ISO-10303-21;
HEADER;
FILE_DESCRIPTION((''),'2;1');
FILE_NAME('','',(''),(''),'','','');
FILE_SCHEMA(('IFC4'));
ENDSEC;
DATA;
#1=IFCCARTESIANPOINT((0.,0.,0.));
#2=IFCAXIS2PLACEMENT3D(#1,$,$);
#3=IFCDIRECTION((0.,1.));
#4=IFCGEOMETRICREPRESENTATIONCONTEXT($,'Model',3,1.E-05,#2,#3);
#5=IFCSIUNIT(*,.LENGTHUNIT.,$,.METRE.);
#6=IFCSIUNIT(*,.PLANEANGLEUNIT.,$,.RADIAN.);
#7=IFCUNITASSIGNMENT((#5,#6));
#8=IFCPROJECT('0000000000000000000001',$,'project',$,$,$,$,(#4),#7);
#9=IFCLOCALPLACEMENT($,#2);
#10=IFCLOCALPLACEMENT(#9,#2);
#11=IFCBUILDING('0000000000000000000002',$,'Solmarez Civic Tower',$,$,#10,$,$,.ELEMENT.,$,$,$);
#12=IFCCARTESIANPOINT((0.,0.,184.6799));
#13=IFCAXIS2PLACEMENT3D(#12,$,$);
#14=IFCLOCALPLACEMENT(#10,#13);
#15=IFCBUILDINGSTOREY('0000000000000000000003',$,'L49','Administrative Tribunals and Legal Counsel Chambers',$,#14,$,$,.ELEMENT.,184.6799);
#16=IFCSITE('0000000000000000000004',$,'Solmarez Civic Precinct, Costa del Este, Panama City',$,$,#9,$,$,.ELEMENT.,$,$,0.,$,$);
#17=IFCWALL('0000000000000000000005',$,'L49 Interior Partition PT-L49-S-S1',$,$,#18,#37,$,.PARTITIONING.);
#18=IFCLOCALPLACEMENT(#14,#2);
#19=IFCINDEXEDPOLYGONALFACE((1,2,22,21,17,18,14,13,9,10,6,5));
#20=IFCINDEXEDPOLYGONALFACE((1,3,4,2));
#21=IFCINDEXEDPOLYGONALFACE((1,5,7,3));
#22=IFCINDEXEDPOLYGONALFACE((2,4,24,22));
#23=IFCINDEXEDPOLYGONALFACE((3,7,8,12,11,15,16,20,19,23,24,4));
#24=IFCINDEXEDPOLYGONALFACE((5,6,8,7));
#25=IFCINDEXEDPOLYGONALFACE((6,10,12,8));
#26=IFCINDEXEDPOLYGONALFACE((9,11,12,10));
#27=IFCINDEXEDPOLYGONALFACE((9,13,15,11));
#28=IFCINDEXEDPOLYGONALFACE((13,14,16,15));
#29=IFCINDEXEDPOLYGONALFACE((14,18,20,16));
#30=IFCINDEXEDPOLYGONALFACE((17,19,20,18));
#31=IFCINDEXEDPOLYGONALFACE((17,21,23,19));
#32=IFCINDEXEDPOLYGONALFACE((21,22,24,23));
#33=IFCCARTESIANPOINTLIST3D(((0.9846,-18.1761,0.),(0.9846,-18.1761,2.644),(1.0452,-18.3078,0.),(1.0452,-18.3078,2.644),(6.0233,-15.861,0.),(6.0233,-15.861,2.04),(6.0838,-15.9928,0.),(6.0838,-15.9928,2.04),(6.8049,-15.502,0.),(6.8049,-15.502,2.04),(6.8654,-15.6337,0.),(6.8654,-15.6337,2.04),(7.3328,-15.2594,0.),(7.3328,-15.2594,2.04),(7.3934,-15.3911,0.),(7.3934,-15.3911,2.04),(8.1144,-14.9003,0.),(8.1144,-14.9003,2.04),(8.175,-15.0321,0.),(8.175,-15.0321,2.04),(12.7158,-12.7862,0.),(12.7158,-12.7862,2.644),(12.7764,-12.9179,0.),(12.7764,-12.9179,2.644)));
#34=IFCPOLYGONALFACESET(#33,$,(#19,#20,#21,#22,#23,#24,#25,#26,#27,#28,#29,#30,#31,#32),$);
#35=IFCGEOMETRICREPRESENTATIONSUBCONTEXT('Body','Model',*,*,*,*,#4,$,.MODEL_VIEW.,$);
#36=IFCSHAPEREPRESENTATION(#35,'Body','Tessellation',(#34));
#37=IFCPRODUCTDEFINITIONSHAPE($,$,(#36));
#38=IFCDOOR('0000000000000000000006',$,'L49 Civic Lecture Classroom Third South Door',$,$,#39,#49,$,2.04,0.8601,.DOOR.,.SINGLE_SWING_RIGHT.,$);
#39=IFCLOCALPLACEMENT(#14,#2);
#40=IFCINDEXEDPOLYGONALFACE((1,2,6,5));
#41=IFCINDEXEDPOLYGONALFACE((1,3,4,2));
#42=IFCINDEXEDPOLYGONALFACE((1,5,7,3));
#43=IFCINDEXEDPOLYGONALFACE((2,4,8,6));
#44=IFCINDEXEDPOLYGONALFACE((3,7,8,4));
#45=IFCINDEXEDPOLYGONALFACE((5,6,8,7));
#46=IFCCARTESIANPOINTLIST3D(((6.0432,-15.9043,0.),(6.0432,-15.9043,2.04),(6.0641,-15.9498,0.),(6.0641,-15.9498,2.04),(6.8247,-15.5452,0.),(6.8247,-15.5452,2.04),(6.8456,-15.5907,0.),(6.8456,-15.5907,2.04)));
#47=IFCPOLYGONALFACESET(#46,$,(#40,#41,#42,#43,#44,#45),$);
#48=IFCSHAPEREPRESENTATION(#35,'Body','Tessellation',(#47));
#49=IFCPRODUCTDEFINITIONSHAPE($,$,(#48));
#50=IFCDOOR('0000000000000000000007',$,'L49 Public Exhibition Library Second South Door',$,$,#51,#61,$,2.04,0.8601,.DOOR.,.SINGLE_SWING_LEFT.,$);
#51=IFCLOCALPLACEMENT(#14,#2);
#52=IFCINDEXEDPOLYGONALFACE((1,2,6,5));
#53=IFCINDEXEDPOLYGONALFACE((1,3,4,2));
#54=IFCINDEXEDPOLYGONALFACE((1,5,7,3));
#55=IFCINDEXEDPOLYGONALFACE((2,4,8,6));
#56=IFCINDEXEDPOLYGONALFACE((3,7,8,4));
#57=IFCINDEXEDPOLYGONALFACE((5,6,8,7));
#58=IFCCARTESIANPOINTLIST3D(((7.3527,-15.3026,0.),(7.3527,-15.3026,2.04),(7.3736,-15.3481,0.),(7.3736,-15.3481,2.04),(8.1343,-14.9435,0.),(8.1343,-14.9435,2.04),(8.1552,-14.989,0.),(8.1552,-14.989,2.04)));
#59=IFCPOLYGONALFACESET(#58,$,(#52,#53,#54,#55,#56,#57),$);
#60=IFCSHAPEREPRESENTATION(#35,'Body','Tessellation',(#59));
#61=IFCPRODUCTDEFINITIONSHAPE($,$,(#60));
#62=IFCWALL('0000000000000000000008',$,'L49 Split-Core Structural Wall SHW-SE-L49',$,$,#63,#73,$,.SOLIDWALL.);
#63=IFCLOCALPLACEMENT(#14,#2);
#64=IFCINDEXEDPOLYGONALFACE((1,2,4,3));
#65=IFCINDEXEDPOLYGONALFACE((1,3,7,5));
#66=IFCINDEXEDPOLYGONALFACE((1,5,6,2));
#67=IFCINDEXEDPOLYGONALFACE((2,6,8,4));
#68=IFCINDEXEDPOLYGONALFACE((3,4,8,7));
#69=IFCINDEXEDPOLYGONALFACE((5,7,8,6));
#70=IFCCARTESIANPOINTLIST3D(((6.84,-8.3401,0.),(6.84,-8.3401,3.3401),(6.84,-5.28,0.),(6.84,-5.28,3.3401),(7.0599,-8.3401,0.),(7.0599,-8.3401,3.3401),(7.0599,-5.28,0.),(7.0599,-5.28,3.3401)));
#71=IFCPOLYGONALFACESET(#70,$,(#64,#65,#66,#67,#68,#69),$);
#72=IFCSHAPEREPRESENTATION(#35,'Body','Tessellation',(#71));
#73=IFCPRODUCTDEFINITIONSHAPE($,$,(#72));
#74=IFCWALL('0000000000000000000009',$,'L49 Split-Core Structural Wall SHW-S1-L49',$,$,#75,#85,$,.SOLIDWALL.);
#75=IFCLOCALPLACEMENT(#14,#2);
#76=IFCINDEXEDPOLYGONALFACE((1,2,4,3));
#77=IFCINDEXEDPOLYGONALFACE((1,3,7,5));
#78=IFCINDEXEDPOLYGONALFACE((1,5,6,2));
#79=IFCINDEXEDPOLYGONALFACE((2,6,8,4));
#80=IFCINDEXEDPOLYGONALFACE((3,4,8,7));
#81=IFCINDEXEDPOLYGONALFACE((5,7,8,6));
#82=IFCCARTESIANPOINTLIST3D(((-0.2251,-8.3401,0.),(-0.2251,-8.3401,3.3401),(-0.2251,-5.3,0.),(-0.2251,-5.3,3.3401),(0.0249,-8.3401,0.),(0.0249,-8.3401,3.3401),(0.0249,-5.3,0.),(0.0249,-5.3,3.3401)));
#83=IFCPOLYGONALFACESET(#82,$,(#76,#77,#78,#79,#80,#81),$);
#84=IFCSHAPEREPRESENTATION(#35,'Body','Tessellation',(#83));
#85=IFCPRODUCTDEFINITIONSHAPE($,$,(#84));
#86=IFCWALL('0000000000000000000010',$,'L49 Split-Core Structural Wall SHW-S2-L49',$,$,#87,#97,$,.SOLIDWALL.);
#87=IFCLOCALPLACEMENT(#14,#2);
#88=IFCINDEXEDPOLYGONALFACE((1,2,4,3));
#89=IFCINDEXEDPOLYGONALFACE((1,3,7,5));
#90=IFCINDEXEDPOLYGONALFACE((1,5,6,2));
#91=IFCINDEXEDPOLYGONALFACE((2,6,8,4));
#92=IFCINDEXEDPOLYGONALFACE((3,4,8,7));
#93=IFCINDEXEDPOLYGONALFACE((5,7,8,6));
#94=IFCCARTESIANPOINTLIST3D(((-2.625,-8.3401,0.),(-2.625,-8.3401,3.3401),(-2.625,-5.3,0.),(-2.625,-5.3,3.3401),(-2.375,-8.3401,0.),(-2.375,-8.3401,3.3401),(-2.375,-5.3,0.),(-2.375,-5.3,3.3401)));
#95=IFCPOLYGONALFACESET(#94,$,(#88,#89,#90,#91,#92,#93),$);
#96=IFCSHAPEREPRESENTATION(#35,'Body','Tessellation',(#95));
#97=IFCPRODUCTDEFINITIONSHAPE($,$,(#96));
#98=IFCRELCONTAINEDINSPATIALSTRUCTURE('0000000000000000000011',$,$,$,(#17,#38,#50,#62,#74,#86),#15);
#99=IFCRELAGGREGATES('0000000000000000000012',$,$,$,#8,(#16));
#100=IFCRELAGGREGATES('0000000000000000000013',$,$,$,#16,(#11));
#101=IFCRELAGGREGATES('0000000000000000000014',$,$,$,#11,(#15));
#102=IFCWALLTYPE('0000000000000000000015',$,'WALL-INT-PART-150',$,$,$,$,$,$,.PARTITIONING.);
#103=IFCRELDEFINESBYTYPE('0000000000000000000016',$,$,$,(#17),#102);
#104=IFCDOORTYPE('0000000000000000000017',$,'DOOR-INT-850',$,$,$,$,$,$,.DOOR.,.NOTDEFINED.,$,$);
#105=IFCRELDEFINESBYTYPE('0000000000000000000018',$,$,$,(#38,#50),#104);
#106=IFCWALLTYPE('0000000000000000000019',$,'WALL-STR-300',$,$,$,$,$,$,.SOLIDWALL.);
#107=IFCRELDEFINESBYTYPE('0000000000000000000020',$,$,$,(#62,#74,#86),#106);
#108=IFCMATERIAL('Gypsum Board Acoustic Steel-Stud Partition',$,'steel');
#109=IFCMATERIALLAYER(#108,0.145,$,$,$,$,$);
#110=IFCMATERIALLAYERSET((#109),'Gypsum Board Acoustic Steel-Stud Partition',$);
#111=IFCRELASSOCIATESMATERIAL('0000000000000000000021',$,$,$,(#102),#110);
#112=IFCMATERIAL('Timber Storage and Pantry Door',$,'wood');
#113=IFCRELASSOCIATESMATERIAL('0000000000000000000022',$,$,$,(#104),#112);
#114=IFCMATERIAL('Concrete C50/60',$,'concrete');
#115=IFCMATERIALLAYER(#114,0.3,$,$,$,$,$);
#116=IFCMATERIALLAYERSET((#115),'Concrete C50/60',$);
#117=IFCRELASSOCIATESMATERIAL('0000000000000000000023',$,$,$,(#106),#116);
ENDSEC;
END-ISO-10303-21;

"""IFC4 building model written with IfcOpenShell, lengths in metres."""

from ifc_helpers import new_model, si_unit, direction, frame, frame_2d, origin, place, context, subcontext, project, spatial, rectangle, extrude, material, layer, layer_set, type_object, element, fill, save


model = new_model("IFC4")

# Units and contexts
model_context = context("Model", 3, precision=1e-05, world=origin(), true_north=direction((0.0, 1.0)))
body_context = subcontext(model_context, "Body", "Model", "MODEL_VIEW")
ifc_project = project(units=[si_unit("LENGTHUNIT", "METRE"), si_unit("PLANEANGLEUNIT", "RADIAN")], contexts=[model_context])

# Site, building, storey
site_placement = place(None, origin())
site = spatial("IfcSite", under=ifc_project, at=site_placement, Name="Solmarez Civic Precinct, Costa del Este, Panama City", CompositionType="ELEMENT", RefElevation=0.0)
building_placement = place(site_placement, origin())
building = spatial("IfcBuilding", under=site, at=building_placement, Name="Solmarez Civic Tower", CompositionType="ELEMENT")
storey_placement = place(building_placement, frame((0.0, 0.0, 184.6799)))
storey = spatial("IfcBuildingStorey", under=building, at=storey_placement, Name="L49", Description="Administrative Tribunals and Legal Counsel Chambers", CompositionType="ELEMENT", Elevation=184.6799)

# Shared definitions
ifc_material_1 = material(Name="Concrete C50/60", Category="concrete")

# Wall, openings, doors
ifc_material_2 = material(Name="Gypsum Board Acoustic Steel-Stud Partition", Category="steel")
ifc_layer_1 = layer(ifc_material_2, 0.145)
ifc_layer_set_1 = layer_set([ifc_layer_1], Name="Gypsum Board Acoustic Steel-Stud Partition")
wall_type_1 = type_object("IfcWallType", Name="WALL-INT-PART-150", PredefinedType="PARTITIONING", material=ifc_layer_set_1)
wall_1_placement = place(storey_placement, frame((1.0149, -18.2419, 0.0), z_axis=(0.0, 0.0, 1.0), x_axis=(0.90868, 0.417493, 0.0)))
wall_1 = element("IfcWall", 1, at=wall_1_placement, inside=storey, type_object=wall_type_1, Name="L49 Interior Partition PT-L49-S-S1", PredefinedType="PARTITIONING", context=body_context, shape_type="SweptSolid", body=[
    extrude(rectangle(XDim=12.9102, YDim=0.145, at=frame_2d((6.4551, 0.0))), origin(), (0.0, 0.0, 1.0), 2.644),
])
opening_1_placement = place(wall_1_placement, frame((5.5449, 0.0, 0.0)))
opening_1 = element("IfcOpeningElement", 2, at=opening_1_placement, cuts=wall_1, PredefinedType="OPENING", context=body_context, shape_type="SweptSolid", body=[
    extrude(rectangle(XDim=0.8601, YDim=2.04, at=frame_2d((0.4302, 1.02))), frame((0.0, 0.0825, 0.0), z_axis=(0.0, -1.0, 0.0), x_axis=(1.0, 0.0, 0.0)), (0.0, 0.0, 1.0), 0.165),
])
opening_2_placement = place(wall_1_placement, frame((6.9861, 0.0, 0.0)))
opening_2 = element("IfcOpeningElement", 3, at=opening_2_placement, cuts=wall_1, PredefinedType="OPENING", context=body_context, shape_type="SweptSolid", body=[
    extrude(rectangle(XDim=0.8601, YDim=2.04, at=frame_2d((0.4302, 1.02))), frame((0.0, 0.0825, 0.0), z_axis=(0.0, -1.0, 0.0), x_axis=(1.0, 0.0, 0.0)), (0.0, 0.0, 1.0), 0.165),
])
ifc_material_3 = material(Name="Timber Storage and Pantry Door", Category="wood")
door_type = type_object("IfcDoorType", Name="DOOR-INT-850", OperationType="NOTDEFINED", PredefinedType="DOOR", material=ifc_material_3)
door_1_placement = place(opening_1_placement, origin())
door_1 = element("IfcDoor", 4, at=door_1_placement, inside=storey, type_object=door_type, Name="L49 Civic Lecture Classroom Third South Door", OperationType="SINGLE_SWING_RIGHT", OverallHeight=2.04, OverallWidth=0.8601, PredefinedType="DOOR", context=body_context, shape_type="SweptSolid", body=[
    extrude(rectangle(XDim=0.8601, YDim=2.04, at=frame_2d((0.4302, 1.02))), frame((0.0, 0.0249, 0.0), z_axis=(0.0, -1.0, 0.0), x_axis=(1.0, 0.0, 0.0)), (0.0, 0.0, 1.0), 0.05),
])
fill(opening_1, door_1)
door_2_placement = place(opening_2_placement, origin())
door_2 = element("IfcDoor", 5, at=door_2_placement, inside=storey, type_object=door_type, Name="L49 Public Exhibition Library Second South Door", OperationType="SINGLE_SWING_LEFT", OverallHeight=2.04, OverallWidth=0.8601, PredefinedType="DOOR", context=body_context, shape_type="SweptSolid", body=[
    extrude(rectangle(XDim=0.8601, YDim=2.04, at=frame_2d((0.4302, 1.02))), frame((0.0, 0.0249, 0.0), z_axis=(0.0, -1.0, 0.0), x_axis=(1.0, 0.0, 0.0)), (0.0, 0.0, 1.0), 0.05),
])
fill(opening_2, door_2)

# Walls
ifc_layer_2 = layer(ifc_material_1, 0.3)
ifc_layer_set_2 = layer_set([ifc_layer_2], Name="Concrete C50/60")
wall_type_2 = type_object("IfcWallType", Name="WALL-STR-300", PredefinedType="SOLIDWALL", material=ifc_layer_set_2)
wall_2_placement = place(storey_placement, frame((6.95, -8.3401, 0.0), z_axis=(0.0, 0.0, 1.0), x_axis=(0.0, 1.0, 0.0)))
element("IfcWall", 6, at=wall_2_placement, inside=storey, type_object=wall_type_2, Name="L49 Split-Core Structural Wall SHW-SE-L49", PredefinedType="SOLIDWALL", context=body_context, shape_type="SweptSolid", body=[
    extrude(rectangle(XDim=3.0601, YDim=0.22, at=frame_2d((1.53, 0.0))), origin(), (0.0, 0.0, 1.0), 3.3401),
])
for number, where, z_axis, x_axis, name in (
    (7, (-0.1001, -8.3401, 0.0), (0.0, 0.0, 1.0), (0.0, 1.0, 0.0), "L49 Split-Core Structural Wall SHW-S1-L49"),
    (8, (-2.5, -8.3401, 0.0), (0.0, 0.0, 1.0), (0.0, 1.0, 0.0), "L49 Split-Core Structural Wall SHW-S2-L49"),
):
    element("IfcWall", number, at=place(storey_placement, frame(where, z_axis=z_axis, x_axis=x_axis)), inside=storey, type_object=wall_type_2, Name=name, PredefinedType="SOLIDWALL", context=body_context, shape_type="SweptSolid", body=[
        extrude(rectangle(XDim=3.04, YDim=0.25, at=frame_2d((1.52, 0.0))), origin(), (0.0, 0.0, 1.0), 3.3401),
    ])

save(model, "model.ifc")
